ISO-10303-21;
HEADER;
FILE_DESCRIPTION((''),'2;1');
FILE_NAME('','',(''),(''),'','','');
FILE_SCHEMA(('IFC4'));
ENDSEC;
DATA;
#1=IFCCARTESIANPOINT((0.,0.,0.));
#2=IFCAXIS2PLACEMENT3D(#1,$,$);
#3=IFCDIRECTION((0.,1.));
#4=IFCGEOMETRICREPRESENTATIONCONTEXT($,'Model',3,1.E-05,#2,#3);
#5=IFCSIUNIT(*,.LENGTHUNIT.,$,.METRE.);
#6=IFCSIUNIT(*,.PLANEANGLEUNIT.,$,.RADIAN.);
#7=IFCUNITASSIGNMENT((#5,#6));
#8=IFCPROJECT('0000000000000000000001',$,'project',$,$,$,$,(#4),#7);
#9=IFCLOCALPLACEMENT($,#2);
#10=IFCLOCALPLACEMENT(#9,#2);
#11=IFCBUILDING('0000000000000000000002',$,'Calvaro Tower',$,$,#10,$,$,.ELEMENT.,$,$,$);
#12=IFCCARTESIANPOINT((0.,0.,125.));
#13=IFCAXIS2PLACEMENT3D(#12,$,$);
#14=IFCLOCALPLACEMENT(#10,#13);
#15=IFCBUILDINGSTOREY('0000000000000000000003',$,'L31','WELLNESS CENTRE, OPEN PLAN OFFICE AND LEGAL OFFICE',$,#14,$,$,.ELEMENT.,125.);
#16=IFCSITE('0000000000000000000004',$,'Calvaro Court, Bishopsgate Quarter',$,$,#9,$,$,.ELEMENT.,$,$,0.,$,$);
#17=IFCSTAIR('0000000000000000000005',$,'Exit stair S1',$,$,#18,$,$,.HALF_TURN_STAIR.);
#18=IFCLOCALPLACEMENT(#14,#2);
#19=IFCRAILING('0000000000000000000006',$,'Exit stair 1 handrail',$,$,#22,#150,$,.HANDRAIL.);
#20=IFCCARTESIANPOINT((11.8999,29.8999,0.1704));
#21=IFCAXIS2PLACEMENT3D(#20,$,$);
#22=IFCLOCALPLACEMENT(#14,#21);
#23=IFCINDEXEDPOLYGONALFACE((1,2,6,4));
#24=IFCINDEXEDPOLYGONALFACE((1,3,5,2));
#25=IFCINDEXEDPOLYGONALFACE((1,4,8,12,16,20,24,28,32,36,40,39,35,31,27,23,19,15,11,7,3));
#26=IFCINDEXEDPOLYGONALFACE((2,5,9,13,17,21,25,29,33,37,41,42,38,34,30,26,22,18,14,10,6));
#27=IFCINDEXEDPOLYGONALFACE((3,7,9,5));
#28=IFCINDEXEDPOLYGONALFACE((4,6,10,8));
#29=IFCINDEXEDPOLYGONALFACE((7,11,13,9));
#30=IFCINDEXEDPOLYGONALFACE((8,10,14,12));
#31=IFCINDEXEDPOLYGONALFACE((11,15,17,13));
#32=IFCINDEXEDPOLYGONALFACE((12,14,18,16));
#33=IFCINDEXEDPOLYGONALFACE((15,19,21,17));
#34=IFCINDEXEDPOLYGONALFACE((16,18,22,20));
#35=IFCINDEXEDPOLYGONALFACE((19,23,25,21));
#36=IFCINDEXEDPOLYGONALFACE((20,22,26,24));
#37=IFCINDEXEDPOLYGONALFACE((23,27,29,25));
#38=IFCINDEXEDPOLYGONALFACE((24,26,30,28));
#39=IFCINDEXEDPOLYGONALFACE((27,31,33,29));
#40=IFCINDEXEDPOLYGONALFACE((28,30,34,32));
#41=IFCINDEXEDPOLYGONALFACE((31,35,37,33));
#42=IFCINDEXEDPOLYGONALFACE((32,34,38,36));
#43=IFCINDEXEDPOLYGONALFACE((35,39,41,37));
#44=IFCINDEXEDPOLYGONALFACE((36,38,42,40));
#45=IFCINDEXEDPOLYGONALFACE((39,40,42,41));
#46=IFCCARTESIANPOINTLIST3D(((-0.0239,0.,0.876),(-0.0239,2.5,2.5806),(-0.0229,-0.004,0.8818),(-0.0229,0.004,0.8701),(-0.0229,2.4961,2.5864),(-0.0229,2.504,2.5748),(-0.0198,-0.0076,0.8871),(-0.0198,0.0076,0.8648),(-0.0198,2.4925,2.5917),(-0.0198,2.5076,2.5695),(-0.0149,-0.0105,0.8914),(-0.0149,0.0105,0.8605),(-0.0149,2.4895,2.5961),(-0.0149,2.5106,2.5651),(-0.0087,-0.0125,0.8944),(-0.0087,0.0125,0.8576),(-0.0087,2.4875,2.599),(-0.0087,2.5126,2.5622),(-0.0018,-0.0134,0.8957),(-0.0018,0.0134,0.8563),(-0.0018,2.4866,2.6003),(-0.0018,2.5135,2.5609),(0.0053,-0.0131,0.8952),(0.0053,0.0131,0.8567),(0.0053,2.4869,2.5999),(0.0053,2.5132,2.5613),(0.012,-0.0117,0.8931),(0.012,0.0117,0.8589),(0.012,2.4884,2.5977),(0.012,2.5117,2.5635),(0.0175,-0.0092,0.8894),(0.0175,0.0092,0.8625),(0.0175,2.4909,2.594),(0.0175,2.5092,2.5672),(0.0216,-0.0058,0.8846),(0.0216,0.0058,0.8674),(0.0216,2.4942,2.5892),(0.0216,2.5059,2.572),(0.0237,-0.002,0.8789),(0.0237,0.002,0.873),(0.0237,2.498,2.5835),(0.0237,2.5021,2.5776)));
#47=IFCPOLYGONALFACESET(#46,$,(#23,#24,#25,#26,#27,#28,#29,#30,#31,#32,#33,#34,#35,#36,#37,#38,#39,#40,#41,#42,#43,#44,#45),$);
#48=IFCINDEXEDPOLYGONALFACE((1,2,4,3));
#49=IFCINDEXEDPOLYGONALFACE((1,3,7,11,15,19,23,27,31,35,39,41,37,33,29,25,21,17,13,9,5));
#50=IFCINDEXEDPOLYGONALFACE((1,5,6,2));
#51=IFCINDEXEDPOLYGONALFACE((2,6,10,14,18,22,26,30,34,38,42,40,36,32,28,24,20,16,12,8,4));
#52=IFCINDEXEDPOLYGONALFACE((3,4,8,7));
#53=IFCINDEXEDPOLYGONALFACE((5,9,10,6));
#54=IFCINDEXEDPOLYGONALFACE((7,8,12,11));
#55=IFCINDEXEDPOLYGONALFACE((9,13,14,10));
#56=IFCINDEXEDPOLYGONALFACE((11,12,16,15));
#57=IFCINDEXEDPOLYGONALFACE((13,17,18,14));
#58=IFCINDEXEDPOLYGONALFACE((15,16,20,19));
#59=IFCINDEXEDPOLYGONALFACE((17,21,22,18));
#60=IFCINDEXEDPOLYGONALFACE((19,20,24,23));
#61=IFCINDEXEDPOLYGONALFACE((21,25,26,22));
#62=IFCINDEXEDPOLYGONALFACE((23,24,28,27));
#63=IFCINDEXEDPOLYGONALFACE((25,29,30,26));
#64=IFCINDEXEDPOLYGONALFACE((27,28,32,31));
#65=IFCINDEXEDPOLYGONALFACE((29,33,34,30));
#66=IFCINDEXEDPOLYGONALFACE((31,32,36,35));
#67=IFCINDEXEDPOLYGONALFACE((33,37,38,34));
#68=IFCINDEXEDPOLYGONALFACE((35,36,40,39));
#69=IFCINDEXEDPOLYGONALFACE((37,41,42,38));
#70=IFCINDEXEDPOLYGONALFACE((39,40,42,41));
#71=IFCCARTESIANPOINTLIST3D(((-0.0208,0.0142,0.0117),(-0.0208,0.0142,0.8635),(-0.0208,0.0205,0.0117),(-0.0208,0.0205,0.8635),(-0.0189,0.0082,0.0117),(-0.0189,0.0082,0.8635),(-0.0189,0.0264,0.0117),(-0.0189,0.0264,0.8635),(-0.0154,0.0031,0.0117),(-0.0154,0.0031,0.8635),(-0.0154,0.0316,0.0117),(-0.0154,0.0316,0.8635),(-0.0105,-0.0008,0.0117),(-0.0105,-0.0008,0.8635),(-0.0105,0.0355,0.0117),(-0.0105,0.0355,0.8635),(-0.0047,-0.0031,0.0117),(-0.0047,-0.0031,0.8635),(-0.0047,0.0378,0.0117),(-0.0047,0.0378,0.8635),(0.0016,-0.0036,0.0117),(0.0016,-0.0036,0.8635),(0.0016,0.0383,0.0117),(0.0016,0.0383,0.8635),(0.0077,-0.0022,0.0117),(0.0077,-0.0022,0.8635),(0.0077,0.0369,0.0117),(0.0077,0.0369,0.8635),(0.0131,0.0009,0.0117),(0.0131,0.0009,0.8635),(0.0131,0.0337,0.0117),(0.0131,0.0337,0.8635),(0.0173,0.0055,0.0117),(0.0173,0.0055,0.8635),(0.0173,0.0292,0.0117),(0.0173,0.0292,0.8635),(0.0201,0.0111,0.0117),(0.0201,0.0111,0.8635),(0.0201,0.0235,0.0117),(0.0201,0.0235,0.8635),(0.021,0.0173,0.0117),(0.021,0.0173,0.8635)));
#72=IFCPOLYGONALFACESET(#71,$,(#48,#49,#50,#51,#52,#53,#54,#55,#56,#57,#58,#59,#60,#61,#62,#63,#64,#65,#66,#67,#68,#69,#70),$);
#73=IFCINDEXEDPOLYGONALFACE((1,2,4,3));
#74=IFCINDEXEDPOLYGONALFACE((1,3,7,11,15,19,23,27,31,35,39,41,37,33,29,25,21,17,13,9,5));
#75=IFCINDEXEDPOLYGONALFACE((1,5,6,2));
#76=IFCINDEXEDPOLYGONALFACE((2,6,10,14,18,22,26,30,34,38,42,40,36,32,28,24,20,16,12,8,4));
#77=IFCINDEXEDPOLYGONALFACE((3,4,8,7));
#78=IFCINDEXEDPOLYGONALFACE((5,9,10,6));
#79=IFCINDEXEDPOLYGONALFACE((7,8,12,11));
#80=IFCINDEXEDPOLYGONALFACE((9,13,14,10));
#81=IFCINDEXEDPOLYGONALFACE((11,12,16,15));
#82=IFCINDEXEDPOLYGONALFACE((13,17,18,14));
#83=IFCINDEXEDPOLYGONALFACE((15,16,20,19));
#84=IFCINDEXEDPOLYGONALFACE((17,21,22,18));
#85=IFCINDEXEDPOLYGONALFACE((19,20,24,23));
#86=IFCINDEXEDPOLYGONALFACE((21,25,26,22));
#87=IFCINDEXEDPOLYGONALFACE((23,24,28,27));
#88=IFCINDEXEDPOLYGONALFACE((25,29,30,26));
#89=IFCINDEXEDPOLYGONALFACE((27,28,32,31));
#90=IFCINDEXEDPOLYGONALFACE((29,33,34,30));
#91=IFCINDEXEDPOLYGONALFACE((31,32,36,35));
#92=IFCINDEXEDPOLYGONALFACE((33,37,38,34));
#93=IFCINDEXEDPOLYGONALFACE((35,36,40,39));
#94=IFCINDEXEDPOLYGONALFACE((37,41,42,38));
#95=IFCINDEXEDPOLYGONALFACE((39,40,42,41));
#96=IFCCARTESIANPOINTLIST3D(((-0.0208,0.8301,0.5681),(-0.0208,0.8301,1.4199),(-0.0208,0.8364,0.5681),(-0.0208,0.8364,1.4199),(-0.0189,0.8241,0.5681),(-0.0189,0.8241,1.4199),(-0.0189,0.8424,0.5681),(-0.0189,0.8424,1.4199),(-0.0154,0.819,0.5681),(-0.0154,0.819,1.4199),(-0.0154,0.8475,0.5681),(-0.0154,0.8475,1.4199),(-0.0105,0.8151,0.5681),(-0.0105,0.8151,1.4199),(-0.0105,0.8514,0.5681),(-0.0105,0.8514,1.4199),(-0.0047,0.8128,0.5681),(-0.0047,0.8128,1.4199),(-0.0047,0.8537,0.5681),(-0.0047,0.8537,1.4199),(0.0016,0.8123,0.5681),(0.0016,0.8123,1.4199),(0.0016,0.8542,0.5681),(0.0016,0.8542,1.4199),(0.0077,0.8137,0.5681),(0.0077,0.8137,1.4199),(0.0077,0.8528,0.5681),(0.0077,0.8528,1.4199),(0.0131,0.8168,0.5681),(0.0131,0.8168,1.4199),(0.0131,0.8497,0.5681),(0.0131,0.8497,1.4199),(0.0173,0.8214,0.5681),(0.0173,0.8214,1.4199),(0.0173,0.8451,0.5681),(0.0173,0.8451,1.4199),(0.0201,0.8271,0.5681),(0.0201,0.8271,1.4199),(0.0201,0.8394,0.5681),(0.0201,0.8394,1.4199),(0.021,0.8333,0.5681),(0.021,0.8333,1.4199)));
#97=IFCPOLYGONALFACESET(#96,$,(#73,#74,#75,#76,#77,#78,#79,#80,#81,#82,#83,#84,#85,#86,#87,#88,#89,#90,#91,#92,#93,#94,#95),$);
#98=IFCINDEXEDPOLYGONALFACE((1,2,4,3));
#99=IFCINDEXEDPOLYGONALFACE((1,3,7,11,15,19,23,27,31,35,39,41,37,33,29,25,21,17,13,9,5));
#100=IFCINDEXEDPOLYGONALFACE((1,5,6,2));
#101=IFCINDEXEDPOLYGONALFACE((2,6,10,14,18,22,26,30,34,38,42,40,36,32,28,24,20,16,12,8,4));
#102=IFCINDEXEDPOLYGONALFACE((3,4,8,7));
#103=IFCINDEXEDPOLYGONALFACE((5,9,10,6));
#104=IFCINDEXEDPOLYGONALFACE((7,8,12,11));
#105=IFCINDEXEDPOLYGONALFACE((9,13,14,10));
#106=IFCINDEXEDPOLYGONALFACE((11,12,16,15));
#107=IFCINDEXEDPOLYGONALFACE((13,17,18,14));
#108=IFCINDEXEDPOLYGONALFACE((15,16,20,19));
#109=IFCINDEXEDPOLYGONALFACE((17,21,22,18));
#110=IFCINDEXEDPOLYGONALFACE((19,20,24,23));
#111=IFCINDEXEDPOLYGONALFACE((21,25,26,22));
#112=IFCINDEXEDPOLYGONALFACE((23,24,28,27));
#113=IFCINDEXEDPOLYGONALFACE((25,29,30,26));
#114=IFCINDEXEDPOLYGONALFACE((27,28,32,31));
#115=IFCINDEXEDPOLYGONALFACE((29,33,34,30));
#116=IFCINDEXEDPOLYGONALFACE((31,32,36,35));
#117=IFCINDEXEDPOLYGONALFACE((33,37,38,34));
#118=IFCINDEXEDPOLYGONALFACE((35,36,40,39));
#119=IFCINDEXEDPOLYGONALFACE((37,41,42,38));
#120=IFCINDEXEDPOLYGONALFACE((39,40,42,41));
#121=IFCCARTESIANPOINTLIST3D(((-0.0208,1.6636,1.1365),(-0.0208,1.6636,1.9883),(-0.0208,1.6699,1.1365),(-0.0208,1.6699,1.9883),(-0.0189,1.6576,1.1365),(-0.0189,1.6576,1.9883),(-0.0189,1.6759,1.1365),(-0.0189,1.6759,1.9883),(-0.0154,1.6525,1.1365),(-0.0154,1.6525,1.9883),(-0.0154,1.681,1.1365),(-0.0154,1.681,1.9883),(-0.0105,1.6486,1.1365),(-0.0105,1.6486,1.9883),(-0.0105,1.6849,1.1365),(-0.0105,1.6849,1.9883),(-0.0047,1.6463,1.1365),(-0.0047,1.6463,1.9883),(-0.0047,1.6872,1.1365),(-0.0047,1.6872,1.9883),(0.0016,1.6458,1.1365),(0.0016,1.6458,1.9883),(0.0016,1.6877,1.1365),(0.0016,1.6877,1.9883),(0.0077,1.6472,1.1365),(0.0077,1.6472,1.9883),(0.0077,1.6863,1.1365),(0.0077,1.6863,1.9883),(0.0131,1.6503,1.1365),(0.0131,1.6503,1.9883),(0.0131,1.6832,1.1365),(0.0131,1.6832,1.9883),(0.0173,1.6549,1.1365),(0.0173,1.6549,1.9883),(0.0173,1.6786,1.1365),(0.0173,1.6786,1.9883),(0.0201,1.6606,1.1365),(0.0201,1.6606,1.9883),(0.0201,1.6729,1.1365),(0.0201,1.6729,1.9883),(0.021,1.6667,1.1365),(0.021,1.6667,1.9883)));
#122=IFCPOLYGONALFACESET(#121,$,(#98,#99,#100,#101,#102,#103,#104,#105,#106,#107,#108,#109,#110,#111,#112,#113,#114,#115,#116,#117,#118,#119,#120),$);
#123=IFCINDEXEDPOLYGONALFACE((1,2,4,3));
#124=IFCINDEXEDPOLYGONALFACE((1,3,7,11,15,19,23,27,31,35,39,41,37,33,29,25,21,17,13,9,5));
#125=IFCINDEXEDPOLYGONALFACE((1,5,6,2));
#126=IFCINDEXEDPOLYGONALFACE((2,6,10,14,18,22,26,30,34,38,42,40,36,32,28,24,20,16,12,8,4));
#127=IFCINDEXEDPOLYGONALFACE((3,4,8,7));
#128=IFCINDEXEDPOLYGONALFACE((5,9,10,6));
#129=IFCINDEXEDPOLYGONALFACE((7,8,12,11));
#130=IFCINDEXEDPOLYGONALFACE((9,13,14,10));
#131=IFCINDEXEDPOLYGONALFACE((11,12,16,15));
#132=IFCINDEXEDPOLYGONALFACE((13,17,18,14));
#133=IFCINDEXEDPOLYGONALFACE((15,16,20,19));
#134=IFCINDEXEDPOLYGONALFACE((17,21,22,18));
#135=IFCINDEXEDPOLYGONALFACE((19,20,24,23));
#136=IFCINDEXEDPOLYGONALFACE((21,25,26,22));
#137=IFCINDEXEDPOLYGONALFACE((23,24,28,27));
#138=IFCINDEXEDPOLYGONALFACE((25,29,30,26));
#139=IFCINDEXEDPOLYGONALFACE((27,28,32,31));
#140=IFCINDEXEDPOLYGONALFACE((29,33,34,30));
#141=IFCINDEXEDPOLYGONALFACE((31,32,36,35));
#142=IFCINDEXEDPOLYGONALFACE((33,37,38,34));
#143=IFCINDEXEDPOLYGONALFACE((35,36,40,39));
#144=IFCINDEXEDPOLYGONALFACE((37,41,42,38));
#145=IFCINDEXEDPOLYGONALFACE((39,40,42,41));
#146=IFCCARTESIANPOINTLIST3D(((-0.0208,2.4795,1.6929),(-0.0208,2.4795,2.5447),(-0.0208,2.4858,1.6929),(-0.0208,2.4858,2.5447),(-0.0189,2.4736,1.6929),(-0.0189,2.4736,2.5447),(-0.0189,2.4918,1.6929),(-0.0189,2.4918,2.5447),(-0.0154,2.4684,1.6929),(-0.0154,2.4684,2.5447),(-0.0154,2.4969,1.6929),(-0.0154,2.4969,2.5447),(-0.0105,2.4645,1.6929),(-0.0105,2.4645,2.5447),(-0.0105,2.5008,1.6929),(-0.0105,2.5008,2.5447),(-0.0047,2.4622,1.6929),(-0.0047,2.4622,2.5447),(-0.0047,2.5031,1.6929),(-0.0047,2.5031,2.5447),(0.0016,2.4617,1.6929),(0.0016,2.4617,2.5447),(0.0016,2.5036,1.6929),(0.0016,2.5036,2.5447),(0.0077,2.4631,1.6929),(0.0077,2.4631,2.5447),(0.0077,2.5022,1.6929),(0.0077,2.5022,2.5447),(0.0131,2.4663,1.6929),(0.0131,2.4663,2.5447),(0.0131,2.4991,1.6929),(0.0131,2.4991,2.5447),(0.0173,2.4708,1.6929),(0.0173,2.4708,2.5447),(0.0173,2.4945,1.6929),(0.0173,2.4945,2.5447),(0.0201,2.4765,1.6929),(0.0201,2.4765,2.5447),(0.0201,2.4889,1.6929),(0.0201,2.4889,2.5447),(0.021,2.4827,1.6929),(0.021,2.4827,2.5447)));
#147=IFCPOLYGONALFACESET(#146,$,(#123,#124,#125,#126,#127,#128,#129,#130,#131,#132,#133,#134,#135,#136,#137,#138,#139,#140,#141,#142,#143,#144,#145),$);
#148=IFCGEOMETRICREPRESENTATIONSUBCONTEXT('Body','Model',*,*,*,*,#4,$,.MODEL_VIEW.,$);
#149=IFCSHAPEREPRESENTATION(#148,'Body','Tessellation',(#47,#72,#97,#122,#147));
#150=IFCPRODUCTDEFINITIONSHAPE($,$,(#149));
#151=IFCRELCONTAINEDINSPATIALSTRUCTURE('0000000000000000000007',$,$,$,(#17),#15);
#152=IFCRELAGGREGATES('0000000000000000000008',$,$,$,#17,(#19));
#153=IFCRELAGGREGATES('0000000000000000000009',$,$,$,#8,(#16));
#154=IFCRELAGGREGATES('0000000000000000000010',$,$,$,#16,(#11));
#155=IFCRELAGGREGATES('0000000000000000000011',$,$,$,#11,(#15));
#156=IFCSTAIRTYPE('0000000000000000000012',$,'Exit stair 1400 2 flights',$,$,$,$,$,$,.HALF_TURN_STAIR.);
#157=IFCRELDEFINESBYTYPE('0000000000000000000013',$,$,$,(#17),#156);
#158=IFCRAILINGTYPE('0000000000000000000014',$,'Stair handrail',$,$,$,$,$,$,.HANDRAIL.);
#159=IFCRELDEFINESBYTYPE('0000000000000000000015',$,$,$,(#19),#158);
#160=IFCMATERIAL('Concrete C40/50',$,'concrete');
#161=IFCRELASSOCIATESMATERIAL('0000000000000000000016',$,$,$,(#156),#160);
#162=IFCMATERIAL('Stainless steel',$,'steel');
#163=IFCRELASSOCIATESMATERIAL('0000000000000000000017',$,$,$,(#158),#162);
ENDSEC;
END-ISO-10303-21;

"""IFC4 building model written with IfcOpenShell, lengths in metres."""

from ifc_helpers import new_model, si_unit, direction, frame, origin, origin_2d, place, context, subcontext, project, spatial, circle, extrude, material, type_object, element, aggregate, save


model = new_model("IFC4")

# Units and contexts
model_context = context("Model", 3, precision=1e-05, world=origin(), true_north=direction((0.0, 1.0)))
body_context = subcontext(model_context, "Body", "Model", "MODEL_VIEW")
ifc_project = project(units=[si_unit("LENGTHUNIT", "METRE"), si_unit("PLANEANGLEUNIT", "RADIAN")], contexts=[model_context])

# Site, building, storey
site_placement = place(None, origin())
site = spatial("IfcSite", under=ifc_project, at=site_placement, Name="Calvaro Court, Bishopsgate Quarter", CompositionType="ELEMENT", RefElevation=0.0)
building_placement = place(site_placement, origin())
building = spatial("IfcBuilding", under=site, at=building_placement, Name="Calvaro Tower", CompositionType="ELEMENT")
storey_placement = place(building_placement, frame((0.0, 0.0, 125.0)))
storey = spatial("IfcBuildingStorey", under=building, at=storey_placement, Name="L31", Description="WELLNESS CENTRE, OPEN PLAN OFFICE AND LEGAL OFFICE", CompositionType="ELEMENT", Elevation=125.0)

# Stair, railing
ifc_material_1 = material(Name="Concrete C40/50", Category="concrete")
stair_type = type_object("IfcStairType", Name="Exit stair 1400 2 flights", PredefinedType="HALF_TURN_STAIR", material=ifc_material_1)
stair_placement = place(storey_placement, origin())
stair = element("IfcStair", 1, at=stair_placement, inside=storey, type_object=stair_type, Name="Exit stair S1", PredefinedType="HALF_TURN_STAIR")
ifc_material_2 = material(Name="Stainless steel", Category="steel")
railing_type = type_object("IfcRailingType", Name="Stair handrail", PredefinedType="HANDRAIL", material=ifc_material_2)
railing_1_placement = place(storey_placement, frame((11.8999, 29.8999, 0.1704)))
railing_1 = element("IfcRailing", 2, at=railing_1_placement, type_object=railing_type, Name="Exit stair 1 handrail", PredefinedType="HANDRAIL", context=body_context, shape_type="SweptSolid", body=[
    extrude(circle(Radius=0.0239, at=origin_2d()), frame((0.0, 0.0, 0.876), z_axis=(0.0, 0.826221, 0.563347), x_axis=(-1.0, 0.0, 0.0)), (0.0, 0.0, 1.0), 3.0259),
    extrude(circle(Radius=0.021, at=origin_2d()), frame((0.0, 0.0173, 0.0117)), (0.0, 0.0, 1.0), 0.8518),
    extrude(circle(Radius=0.021, at=origin_2d()), frame((0.0, 0.8333, 0.5681)), (0.0, 0.0, 1.0), 0.8518),
    extrude(circle(Radius=0.021, at=origin_2d()), frame((0.0, 1.6667, 1.1365)), (0.0, 0.0, 1.0), 0.8518),
    extrude(circle(Radius=0.021, at=origin_2d()), frame((0.0, 2.4827, 1.6929)), (0.0, 0.0, 1.0), 0.8518),
])
aggregate(stair, [railing_1])

save(model, "model.ifc")
